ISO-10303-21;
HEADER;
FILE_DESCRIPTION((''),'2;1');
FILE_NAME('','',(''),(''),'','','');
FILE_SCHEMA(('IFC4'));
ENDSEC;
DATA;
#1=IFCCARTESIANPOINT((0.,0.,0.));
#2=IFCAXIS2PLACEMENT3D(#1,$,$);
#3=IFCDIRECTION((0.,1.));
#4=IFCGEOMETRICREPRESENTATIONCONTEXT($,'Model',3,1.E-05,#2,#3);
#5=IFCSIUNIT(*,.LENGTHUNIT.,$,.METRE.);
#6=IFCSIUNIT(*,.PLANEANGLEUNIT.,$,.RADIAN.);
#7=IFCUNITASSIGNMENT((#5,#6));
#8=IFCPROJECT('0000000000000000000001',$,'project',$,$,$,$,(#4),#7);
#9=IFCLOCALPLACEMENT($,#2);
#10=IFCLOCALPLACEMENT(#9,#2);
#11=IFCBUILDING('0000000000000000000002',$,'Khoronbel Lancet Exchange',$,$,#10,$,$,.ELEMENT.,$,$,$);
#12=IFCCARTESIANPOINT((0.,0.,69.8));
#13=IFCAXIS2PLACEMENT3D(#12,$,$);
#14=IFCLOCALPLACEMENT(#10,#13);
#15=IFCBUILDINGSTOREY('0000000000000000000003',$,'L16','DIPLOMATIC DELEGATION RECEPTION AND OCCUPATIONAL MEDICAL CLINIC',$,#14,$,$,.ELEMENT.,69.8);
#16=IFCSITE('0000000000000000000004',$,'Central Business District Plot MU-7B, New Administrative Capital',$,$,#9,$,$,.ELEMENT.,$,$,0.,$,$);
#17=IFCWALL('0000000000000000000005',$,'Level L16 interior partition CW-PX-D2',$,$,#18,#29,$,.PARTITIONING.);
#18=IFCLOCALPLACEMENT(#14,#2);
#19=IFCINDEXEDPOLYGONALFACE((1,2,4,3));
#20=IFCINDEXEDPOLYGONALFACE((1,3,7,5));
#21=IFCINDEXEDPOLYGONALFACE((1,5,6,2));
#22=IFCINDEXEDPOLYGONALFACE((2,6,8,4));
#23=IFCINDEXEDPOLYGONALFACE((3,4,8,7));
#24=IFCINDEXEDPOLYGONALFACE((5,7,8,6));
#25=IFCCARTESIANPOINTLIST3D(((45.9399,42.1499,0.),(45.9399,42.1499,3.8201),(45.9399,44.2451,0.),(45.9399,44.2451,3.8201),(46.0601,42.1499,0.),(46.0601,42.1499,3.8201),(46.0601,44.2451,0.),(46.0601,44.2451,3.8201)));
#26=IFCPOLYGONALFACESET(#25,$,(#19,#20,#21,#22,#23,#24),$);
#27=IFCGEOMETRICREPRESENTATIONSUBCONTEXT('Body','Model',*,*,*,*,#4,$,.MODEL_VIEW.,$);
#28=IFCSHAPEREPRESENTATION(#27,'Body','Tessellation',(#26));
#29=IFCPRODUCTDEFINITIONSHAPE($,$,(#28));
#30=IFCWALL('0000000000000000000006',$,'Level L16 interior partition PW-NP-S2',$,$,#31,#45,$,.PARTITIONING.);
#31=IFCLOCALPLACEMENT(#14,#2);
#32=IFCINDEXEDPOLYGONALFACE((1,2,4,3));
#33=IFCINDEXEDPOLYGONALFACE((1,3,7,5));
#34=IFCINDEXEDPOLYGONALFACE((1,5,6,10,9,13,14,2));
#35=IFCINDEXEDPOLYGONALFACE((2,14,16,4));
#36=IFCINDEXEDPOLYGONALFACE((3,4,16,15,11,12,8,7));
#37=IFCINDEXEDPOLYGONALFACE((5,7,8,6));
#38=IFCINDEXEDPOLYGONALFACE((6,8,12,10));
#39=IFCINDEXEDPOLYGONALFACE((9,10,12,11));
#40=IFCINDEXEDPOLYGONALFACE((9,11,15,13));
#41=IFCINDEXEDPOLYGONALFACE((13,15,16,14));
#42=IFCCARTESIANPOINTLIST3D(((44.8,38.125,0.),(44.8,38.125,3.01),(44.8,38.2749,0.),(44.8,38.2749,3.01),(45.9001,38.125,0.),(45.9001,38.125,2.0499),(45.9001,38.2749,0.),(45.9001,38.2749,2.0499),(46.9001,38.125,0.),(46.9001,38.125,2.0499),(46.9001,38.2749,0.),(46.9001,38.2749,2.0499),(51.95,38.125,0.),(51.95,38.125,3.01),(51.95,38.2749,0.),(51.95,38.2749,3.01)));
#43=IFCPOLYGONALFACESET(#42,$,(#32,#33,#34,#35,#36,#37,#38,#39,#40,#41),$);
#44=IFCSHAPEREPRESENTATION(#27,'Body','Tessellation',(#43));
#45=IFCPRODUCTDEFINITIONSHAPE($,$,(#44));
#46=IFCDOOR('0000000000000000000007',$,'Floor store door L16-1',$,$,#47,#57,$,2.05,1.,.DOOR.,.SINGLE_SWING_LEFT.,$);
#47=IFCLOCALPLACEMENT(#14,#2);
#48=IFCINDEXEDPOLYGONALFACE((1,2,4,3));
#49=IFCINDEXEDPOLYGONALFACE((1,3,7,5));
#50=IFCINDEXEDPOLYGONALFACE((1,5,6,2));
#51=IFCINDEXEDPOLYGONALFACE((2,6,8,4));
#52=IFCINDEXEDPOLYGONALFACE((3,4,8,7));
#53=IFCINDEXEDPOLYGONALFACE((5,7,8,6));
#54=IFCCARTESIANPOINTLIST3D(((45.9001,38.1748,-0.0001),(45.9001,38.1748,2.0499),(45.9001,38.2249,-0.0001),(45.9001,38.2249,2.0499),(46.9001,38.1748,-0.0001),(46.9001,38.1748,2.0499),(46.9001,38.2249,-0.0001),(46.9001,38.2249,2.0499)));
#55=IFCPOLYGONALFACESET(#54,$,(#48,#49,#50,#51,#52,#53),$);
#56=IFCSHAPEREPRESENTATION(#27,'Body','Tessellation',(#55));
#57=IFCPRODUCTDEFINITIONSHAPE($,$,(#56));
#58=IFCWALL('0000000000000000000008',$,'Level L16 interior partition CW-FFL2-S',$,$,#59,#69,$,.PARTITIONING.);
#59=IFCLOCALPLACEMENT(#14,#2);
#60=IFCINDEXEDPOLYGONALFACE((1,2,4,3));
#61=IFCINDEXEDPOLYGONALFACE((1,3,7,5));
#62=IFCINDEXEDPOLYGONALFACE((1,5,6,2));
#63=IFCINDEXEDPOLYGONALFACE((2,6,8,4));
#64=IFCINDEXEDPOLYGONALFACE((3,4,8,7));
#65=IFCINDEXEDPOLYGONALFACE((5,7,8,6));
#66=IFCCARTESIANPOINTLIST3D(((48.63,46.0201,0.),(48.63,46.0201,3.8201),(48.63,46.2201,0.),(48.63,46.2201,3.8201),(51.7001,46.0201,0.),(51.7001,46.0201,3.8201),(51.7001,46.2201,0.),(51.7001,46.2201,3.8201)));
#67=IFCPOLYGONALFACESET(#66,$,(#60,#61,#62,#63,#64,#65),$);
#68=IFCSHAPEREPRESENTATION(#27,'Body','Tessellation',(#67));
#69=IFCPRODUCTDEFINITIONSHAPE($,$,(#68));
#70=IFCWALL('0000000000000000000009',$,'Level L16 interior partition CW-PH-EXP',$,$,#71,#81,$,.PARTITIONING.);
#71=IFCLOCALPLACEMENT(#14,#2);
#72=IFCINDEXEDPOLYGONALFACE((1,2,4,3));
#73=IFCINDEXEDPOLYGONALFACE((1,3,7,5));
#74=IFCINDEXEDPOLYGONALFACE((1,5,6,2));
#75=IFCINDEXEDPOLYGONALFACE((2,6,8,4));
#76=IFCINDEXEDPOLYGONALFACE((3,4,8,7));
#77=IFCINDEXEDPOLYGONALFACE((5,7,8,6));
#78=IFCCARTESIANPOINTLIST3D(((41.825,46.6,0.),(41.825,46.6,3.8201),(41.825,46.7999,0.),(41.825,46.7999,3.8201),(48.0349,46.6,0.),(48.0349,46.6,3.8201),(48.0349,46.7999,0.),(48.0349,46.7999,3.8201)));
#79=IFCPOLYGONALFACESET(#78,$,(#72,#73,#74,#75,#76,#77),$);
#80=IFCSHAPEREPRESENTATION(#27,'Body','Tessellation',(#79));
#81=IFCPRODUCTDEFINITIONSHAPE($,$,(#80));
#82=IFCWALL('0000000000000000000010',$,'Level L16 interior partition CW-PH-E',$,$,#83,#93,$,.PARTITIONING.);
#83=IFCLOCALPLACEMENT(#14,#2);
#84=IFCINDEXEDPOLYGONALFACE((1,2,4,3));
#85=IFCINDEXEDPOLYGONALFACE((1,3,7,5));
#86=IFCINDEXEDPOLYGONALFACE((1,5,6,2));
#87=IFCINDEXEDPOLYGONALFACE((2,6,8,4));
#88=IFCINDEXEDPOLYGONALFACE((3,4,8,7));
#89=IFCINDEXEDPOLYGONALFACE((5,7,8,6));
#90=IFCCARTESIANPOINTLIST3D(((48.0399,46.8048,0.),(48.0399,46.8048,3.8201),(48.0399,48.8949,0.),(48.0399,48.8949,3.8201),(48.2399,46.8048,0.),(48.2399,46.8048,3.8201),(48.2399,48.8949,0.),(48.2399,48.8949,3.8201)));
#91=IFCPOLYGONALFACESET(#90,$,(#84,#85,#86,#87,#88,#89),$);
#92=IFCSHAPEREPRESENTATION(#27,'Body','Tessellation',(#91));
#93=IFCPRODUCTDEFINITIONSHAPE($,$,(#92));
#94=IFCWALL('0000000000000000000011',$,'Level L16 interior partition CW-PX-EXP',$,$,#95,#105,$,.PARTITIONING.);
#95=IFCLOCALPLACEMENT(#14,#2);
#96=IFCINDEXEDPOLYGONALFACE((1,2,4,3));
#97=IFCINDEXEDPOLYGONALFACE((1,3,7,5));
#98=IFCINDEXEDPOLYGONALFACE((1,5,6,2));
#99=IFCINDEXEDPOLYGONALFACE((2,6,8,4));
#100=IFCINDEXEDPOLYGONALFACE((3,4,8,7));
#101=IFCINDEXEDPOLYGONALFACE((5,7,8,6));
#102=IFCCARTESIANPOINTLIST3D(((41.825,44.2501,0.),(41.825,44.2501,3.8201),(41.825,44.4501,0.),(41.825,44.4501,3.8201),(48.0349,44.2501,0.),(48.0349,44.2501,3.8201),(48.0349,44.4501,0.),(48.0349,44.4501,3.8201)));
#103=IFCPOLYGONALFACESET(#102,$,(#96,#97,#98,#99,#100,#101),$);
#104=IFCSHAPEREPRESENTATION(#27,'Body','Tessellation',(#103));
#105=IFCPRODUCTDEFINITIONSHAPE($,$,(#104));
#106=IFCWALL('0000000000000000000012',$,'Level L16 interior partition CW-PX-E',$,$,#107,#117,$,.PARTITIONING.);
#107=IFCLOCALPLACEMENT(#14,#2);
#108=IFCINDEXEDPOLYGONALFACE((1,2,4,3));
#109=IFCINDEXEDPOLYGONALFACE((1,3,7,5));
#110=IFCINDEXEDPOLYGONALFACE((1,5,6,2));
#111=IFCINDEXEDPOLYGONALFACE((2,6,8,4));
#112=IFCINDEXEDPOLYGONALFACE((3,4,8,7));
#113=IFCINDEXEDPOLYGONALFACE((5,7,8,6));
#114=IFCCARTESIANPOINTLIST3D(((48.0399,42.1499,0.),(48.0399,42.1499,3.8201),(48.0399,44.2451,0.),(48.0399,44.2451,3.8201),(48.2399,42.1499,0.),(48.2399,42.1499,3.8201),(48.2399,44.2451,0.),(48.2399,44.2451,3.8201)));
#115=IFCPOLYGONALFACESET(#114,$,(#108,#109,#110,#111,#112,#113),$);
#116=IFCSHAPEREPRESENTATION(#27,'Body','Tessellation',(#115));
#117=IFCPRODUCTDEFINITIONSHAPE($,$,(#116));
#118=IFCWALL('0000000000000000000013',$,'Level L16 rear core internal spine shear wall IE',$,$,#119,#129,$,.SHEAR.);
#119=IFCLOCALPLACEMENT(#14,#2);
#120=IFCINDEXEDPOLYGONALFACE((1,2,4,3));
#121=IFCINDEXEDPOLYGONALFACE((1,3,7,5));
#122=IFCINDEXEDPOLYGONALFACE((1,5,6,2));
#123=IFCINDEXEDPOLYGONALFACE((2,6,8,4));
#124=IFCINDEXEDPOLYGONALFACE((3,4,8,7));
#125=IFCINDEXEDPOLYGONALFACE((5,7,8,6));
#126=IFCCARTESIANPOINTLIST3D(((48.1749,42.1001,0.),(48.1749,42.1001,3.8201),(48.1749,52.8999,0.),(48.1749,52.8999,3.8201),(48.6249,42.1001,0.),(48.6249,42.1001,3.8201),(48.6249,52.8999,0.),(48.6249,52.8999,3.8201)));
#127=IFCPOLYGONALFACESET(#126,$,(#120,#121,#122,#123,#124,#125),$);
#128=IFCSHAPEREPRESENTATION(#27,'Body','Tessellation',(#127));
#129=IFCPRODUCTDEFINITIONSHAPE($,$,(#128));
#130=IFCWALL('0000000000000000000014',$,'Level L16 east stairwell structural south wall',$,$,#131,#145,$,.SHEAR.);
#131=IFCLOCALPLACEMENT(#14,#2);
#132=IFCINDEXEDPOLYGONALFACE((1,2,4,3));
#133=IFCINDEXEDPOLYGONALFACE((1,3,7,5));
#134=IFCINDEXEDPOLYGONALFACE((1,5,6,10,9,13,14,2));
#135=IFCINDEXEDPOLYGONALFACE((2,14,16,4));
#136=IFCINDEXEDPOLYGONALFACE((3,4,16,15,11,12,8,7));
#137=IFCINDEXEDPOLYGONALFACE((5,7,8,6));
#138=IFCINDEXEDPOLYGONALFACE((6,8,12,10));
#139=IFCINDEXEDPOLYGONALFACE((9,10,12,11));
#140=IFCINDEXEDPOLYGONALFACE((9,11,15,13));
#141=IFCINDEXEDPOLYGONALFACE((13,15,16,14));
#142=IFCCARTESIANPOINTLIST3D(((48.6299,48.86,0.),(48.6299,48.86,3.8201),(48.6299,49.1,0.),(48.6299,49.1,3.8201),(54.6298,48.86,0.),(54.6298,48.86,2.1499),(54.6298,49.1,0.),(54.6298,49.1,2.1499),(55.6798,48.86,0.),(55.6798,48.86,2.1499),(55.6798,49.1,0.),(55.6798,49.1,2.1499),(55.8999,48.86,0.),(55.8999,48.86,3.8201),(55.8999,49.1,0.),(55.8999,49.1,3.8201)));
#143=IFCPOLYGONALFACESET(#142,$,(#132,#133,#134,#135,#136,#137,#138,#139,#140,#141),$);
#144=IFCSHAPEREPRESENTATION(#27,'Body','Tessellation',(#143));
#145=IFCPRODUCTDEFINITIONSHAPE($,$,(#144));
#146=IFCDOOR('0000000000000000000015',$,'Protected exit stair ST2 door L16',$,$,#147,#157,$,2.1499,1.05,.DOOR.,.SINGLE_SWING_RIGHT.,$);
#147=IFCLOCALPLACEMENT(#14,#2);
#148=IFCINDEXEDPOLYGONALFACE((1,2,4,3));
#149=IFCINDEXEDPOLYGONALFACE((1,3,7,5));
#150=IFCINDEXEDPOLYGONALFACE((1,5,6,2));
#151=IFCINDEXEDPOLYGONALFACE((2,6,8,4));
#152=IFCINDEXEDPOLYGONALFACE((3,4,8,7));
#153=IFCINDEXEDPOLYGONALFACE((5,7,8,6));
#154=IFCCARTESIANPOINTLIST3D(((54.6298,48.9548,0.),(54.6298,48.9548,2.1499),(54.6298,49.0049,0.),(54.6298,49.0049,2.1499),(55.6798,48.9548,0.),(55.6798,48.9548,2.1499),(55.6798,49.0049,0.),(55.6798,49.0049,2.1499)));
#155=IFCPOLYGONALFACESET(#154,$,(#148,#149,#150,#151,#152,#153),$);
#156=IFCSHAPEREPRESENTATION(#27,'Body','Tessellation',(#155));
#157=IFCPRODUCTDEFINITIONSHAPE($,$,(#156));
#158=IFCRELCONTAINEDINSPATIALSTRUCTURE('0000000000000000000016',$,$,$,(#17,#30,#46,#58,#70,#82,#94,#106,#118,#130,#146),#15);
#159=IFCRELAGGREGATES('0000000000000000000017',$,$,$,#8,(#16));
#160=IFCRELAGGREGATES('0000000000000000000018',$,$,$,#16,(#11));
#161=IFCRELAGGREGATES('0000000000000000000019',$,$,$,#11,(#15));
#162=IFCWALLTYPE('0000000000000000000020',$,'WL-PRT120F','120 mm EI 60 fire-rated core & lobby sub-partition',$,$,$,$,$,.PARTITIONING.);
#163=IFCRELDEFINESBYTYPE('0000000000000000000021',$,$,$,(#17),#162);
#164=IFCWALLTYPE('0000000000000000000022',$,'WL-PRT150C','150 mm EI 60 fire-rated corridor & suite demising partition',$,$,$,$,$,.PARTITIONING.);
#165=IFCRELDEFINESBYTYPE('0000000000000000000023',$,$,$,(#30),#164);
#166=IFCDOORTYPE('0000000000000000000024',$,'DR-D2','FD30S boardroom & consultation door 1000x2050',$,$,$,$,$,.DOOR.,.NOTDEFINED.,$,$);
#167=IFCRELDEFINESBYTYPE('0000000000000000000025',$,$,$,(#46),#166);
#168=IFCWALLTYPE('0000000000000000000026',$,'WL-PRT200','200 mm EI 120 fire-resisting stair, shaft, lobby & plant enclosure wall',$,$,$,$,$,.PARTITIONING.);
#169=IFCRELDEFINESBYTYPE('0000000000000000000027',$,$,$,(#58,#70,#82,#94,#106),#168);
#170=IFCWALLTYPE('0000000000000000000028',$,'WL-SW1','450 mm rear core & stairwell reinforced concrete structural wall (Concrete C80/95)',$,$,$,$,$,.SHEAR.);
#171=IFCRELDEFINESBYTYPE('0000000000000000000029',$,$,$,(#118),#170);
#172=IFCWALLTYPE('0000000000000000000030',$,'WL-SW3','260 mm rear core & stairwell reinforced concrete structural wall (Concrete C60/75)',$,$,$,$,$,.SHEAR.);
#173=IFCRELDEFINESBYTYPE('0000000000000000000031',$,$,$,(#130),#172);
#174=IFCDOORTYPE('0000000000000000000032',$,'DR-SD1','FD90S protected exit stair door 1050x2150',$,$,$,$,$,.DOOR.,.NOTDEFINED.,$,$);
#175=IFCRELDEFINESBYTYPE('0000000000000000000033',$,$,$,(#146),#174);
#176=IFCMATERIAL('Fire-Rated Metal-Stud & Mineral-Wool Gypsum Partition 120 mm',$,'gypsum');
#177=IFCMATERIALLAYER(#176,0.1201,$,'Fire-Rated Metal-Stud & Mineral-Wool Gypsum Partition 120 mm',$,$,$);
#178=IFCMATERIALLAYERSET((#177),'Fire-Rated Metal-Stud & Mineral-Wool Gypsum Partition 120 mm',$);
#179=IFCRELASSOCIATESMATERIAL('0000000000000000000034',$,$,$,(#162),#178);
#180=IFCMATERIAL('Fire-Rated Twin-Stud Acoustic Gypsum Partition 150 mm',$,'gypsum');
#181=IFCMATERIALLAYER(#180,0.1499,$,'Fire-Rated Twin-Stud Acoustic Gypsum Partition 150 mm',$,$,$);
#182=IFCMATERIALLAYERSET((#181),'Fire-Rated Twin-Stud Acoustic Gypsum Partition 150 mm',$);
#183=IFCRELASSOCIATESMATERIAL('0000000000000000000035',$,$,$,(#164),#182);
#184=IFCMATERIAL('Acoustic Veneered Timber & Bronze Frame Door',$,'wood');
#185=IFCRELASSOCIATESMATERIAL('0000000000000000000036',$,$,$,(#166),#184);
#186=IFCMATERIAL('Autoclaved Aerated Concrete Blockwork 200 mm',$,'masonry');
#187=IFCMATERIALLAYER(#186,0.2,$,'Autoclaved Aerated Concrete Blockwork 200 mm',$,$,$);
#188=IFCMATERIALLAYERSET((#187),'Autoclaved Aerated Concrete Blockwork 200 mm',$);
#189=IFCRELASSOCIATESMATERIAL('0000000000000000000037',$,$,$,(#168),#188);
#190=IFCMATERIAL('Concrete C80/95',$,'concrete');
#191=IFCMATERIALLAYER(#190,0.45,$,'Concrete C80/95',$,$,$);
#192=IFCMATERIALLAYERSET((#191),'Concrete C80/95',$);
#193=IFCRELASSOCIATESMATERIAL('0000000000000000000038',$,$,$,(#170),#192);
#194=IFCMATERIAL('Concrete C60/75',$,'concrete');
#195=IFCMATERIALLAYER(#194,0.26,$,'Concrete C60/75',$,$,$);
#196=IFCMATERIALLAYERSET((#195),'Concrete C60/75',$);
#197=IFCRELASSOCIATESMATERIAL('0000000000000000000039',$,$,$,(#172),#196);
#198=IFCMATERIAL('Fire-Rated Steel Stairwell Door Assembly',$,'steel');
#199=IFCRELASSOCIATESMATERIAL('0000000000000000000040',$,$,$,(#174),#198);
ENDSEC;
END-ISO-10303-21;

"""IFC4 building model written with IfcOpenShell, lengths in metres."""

from ifc_helpers import new_model, si_unit, direction, frame, frame_2d, origin, place, context, subcontext, project, spatial, rectangle, extrude, material, layer, layer_set, type_object, element, fill, save


model = new_model("IFC4")

# Units and contexts
model_context = context("Model", 3, precision=1e-05, world=origin(), true_north=direction((0.0, 1.0)))
body_context = subcontext(model_context, "Body", "Model", "MODEL_VIEW")
ifc_project = project(units=[si_unit("LENGTHUNIT", "METRE"), si_unit("PLANEANGLEUNIT", "RADIAN")], contexts=[model_context])

# Site, building, storey
site_placement = place(None, origin())
site = spatial("IfcSite", under=ifc_project, at=site_placement, Name="Central Business District Plot MU-7B, New Administrative Capital", CompositionType="ELEMENT", RefElevation=0.0)
building_placement = place(site_placement, origin())
building = spatial("IfcBuilding", under=site, at=building_placement, Name="Khoronbel Lancet Exchange", CompositionType="ELEMENT")
storey_placement = place(building_placement, frame((0.0, 0.0, 69.8)))
storey = spatial("IfcBuildingStorey", under=building, at=storey_placement, Name="L16", Description="DIPLOMATIC DELEGATION RECEPTION AND OCCUPATIONAL MEDICAL CLINIC", CompositionType="ELEMENT", Elevation=69.8)

# Wall
ifc_material_1 = material(Name="Fire-Rated Metal-Stud & Mineral-Wool Gypsum Partition 120 mm", Category="gypsum")
ifc_layer_1 = layer(ifc_material_1, 0.1201, Name="Fire-Rated Metal-Stud & Mineral-Wool Gypsum Partition 120 mm")
ifc_layer_set_1 = layer_set([ifc_layer_1], Name="Fire-Rated Metal-Stud & Mineral-Wool Gypsum Partition 120 mm")
wall_type_1 = type_object("IfcWallType", Name="WL-PRT120F", Description="120 mm EI 60 fire-rated core & lobby sub-partition", PredefinedType="PARTITIONING", material=ifc_layer_set_1)
for number, where, z_axis, x_axis, name in (
    (1, (46.0, 42.1499, 0.0), (0.0, 0.0, 1.0), (0.0, 1.0, 0.0), "Level L16 interior partition CW-PX-D2"),
):
    element("IfcWall", number, at=place(storey_placement, frame(where, z_axis=z_axis, x_axis=x_axis)), inside=storey, type_object=wall_type_1, Name=name, PredefinedType="PARTITIONING", context=body_context, shape_type="SweptSolid", body=[
        extrude(rectangle(XDim=2.0952, YDim=0.1201, at=frame_2d((1.0476, 0.0))), origin(), (0.0, 0.0, 1.0), 3.8201),
    ])

# Wall, opening, door
ifc_material_2 = material(Name="Fire-Rated Twin-Stud Acoustic Gypsum Partition 150 mm", Category="gypsum")
ifc_layer_2 = layer(ifc_material_2, 0.1499, Name="Fire-Rated Twin-Stud Acoustic Gypsum Partition 150 mm")
ifc_layer_set_2 = layer_set([ifc_layer_2], Name="Fire-Rated Twin-Stud Acoustic Gypsum Partition 150 mm")
wall_type_2 = type_object("IfcWallType", Name="WL-PRT150C", Description="150 mm EI 60 fire-rated corridor & suite demising partition", PredefinedType="PARTITIONING", material=ifc_layer_set_2)
wall_1_placement = place(storey_placement, frame((44.8, 38.2, 0.0), z_axis=(0.0, 0.0, 1.0), x_axis=(1.0, 0.0, 0.0)))
wall_1 = element("IfcWall", 2, at=wall_1_placement, inside=storey, type_object=wall_type_2, Name="Level L16 interior partition PW-NP-S2", PredefinedType="PARTITIONING", context=body_context, shape_type="SweptSolid", body=[
    extrude(rectangle(XDim=7.1499, YDim=0.1499, at=frame_2d((3.575, 0.0))), origin(), (0.0, 0.0, 1.0), 3.01),
])
opening_1_placement = place(wall_1_placement, frame((1.1001, 0.0, 0.0)))
opening_1 = element("IfcOpeningElement", 3, at=opening_1_placement, cuts=wall_1, PredefinedType="OPENING", context=body_context, shape_type="SweptSolid", body=[
    extrude(rectangle(XDim=1.0, YDim=2.05, at=frame_2d((0.5, 1.0249))), frame((0.0, 0.085, 0.0), z_axis=(0.0, -1.0, 0.0), x_axis=(1.0, 0.0, 0.0)), (0.0, 0.0, 1.0), 0.1699),
])
ifc_material_3 = material(Name="Acoustic Veneered Timber & Bronze Frame Door", Category="wood")
door_type_1 = type_object("IfcDoorType", Name="DR-D2", Description="FD30S boardroom & consultation door 1000x2050", OperationType="NOTDEFINED", PredefinedType="DOOR", material=ifc_material_3)
door_1_placement = place(opening_1_placement, origin())
door_1 = element("IfcDoor", 4, at=door_1_placement, inside=storey, type_object=door_type_1, Name="Floor store door L16-1", OperationType="SINGLE_SWING_LEFT", OverallHeight=2.05, OverallWidth=1.0, PredefinedType="DOOR", context=body_context, shape_type="SweptSolid", body=[
    extrude(rectangle(XDim=1.0, YDim=2.05, at=frame_2d((0.5, 1.0249))), frame((0.0, 0.0249, 0.0), z_axis=(0.0, -1.0, 0.0), x_axis=(1.0, 0.0, 0.0)), (0.0, 0.0, 1.0), 0.05),
])
fill(opening_1, door_1)

# Walls
ifc_material_4 = material(Name="Autoclaved Aerated Concrete Blockwork 200 mm", Category="masonry")
ifc_layer_3 = layer(ifc_material_4, 0.2, Name="Autoclaved Aerated Concrete Blockwork 200 mm")
ifc_layer_set_3 = layer_set([ifc_layer_3], Name="Autoclaved Aerated Concrete Blockwork 200 mm")
wall_type_3 = type_object("IfcWallType", Name="WL-PRT200", Description="200 mm EI 120 fire-resisting stair, shaft, lobby & plant enclosure wall", PredefinedType="PARTITIONING", material=ifc_layer_set_3)
wall_2_placement = place(storey_placement, frame((48.6299, 46.1201, 0.0), z_axis=(0.0, 0.0, 1.0), x_axis=(1.0, 0.0, 0.0)))
element("IfcWall", 5, at=wall_2_placement, inside=storey, type_object=wall_type_3, Name="Level L16 interior partition CW-FFL2-S", PredefinedType="PARTITIONING", context=body_context, shape_type="SweptSolid", body=[
    extrude(rectangle(XDim=3.0701, YDim=0.2, at=frame_2d((1.5352, 0.0))), origin(), (0.0, 0.0, 1.0), 3.8201),
])
wall_3_placement = place(storey_placement, frame((41.825, 46.7, 0.0), z_axis=(0.0, 0.0, 1.0), x_axis=(1.0, 0.0, 0.0)))
element("IfcWall", 6, at=wall_3_placement, inside=storey, type_object=wall_type_3, Name="Level L16 interior partition CW-PH-EXP", PredefinedType="PARTITIONING", context=body_context, shape_type="SweptSolid", body=[
    extrude(rectangle(XDim=6.21, YDim=0.2, at=frame_2d((3.105, 0.0))), origin(), (0.0, 0.0, 1.0), 3.8201),
])
wall_4_placement = place(storey_placement, frame((48.1399, 46.8049, 0.0), z_axis=(0.0, 0.0, 1.0), x_axis=(0.0, 1.0, 0.0)))
element("IfcWall", 7, at=wall_4_placement, inside=storey, type_object=wall_type_3, Name="Level L16 interior partition CW-PH-E", PredefinedType="PARTITIONING", context=body_context, shape_type="SweptSolid", body=[
    extrude(rectangle(XDim=2.0901, YDim=0.2, at=frame_2d((1.0449, 0.0))), origin(), (0.0, 0.0, 1.0), 3.8201),
])
wall_5_placement = place(storey_placement, frame((41.825, 44.3501, 0.0), z_axis=(0.0, 0.0, 1.0), x_axis=(1.0, 0.0, 0.0)))
element("IfcWall", 8, at=wall_5_placement, inside=storey, type_object=wall_type_3, Name="Level L16 interior partition CW-PX-EXP", PredefinedType="PARTITIONING", context=body_context, shape_type="SweptSolid", body=[
    extrude(rectangle(XDim=6.21, YDim=0.2, at=frame_2d((3.105, 0.0))), origin(), (0.0, 0.0, 1.0), 3.8201),
])
wall_6_placement = place(storey_placement, frame((48.1399, 42.1499, 0.0), z_axis=(0.0, 0.0, 1.0), x_axis=(0.0, 1.0, 0.0)))
element("IfcWall", 9, at=wall_6_placement, inside=storey, type_object=wall_type_3, Name="Level L16 interior partition CW-PX-E", PredefinedType="PARTITIONING", context=body_context, shape_type="SweptSolid", body=[
    extrude(rectangle(XDim=2.0952, YDim=0.2, at=frame_2d((1.0476, 0.0))), origin(), (0.0, 0.0, 1.0), 3.8201),
])
ifc_material_5 = material(Name="Concrete C80/95", Category="concrete")
ifc_layer_4 = layer(ifc_material_5, 0.45, Name="Concrete C80/95")
ifc_layer_set_4 = layer_set([ifc_layer_4], Name="Concrete C80/95")
wall_type_4 = type_object("IfcWallType", Name="WL-SW1", Description="450 mm rear core & stairwell reinforced concrete structural wall (Concrete C80/95)", PredefinedType="SHEAR", material=ifc_layer_set_4)
wall_7_placement = place(storey_placement, frame((48.3999, 42.1001, 0.0), z_axis=(0.0, 0.0, 1.0), x_axis=(0.0, 1.0, 0.0)))
element("IfcWall", 10, at=wall_7_placement, inside=storey, type_object=wall_type_4, Name="Level L16 rear core internal spine shear wall IE", PredefinedType="SHEAR", context=body_context, shape_type="SweptSolid", body=[
    extrude(rectangle(XDim=10.7998, YDim=0.45, at=frame_2d((5.3999, 0.0))), origin(), (0.0, 0.0, 1.0), 3.8201),
])

# Wall, opening, door
ifc_material_6 = material(Name="Concrete C60/75", Category="concrete")
ifc_layer_5 = layer(ifc_material_6, 0.26, Name="Concrete C60/75")
ifc_layer_set_5 = layer_set([ifc_layer_5], Name="Concrete C60/75")
wall_type_5 = type_object("IfcWallType", Name="WL-SW3", Description="260 mm rear core & stairwell reinforced concrete structural wall (Concrete C60/75)", PredefinedType="SHEAR", material=ifc_layer_set_5)
wall_8_placement = place(storey_placement, frame((48.6299, 48.98, 0.0), z_axis=(0.0, 0.0, 1.0), x_axis=(1.0, 0.0, 0.0)))
wall_8 = element("IfcWall", 11, at=wall_8_placement, inside=storey, type_object=wall_type_5, Name="Level L16 east stairwell structural south wall", PredefinedType="SHEAR", context=body_context, shape_type="SweptSolid", body=[
    extrude(rectangle(XDim=7.27, YDim=0.24, at=frame_2d((3.635, 0.0))), origin(), (0.0, 0.0, 1.0), 3.8201),
])
opening_2_placement = place(wall_8_placement, frame((6.0, 0.0, 0.0)))
opening_2 = element("IfcOpeningElement", 12, at=opening_2_placement, cuts=wall_8, PredefinedType="OPENING", context=body_context, shape_type="SweptSolid", body=[
    extrude(rectangle(XDim=1.05, YDim=2.1499, at=frame_2d((0.5249, 1.075))), frame((0.0, 0.1299, 0.0), z_axis=(0.0, -1.0, 0.0), x_axis=(1.0, 0.0, 0.0)), (0.0, 0.0, 1.0), 0.26),
])
ifc_material_7 = material(Name="Fire-Rated Steel Stairwell Door Assembly", Category="steel")
door_type_2 = type_object("IfcDoorType", Name="DR-SD1", Description="FD90S protected exit stair door 1050x2150", OperationType="NOTDEFINED", PredefinedType="DOOR", material=ifc_material_7)
door_2_placement = place(opening_2_placement, origin())
door_2 = element("IfcDoor", 13, at=door_2_placement, inside=storey, type_object=door_type_2, Name="Protected exit stair ST2 door L16", OperationType="SINGLE_SWING_RIGHT", OverallHeight=2.1499, OverallWidth=1.05, PredefinedType="DOOR", context=body_context, shape_type="SweptSolid", body=[
    extrude(rectangle(XDim=1.05, YDim=2.1499, at=frame_2d((0.5249, 1.075))), frame((0.0, 0.0249, 0.0), z_axis=(0.0, -1.0, 0.0), x_axis=(1.0, 0.0, 0.0)), (0.0, 0.0, 1.0), 0.05),
])
fill(opening_2, door_2)

save(model, "model.ifc")
